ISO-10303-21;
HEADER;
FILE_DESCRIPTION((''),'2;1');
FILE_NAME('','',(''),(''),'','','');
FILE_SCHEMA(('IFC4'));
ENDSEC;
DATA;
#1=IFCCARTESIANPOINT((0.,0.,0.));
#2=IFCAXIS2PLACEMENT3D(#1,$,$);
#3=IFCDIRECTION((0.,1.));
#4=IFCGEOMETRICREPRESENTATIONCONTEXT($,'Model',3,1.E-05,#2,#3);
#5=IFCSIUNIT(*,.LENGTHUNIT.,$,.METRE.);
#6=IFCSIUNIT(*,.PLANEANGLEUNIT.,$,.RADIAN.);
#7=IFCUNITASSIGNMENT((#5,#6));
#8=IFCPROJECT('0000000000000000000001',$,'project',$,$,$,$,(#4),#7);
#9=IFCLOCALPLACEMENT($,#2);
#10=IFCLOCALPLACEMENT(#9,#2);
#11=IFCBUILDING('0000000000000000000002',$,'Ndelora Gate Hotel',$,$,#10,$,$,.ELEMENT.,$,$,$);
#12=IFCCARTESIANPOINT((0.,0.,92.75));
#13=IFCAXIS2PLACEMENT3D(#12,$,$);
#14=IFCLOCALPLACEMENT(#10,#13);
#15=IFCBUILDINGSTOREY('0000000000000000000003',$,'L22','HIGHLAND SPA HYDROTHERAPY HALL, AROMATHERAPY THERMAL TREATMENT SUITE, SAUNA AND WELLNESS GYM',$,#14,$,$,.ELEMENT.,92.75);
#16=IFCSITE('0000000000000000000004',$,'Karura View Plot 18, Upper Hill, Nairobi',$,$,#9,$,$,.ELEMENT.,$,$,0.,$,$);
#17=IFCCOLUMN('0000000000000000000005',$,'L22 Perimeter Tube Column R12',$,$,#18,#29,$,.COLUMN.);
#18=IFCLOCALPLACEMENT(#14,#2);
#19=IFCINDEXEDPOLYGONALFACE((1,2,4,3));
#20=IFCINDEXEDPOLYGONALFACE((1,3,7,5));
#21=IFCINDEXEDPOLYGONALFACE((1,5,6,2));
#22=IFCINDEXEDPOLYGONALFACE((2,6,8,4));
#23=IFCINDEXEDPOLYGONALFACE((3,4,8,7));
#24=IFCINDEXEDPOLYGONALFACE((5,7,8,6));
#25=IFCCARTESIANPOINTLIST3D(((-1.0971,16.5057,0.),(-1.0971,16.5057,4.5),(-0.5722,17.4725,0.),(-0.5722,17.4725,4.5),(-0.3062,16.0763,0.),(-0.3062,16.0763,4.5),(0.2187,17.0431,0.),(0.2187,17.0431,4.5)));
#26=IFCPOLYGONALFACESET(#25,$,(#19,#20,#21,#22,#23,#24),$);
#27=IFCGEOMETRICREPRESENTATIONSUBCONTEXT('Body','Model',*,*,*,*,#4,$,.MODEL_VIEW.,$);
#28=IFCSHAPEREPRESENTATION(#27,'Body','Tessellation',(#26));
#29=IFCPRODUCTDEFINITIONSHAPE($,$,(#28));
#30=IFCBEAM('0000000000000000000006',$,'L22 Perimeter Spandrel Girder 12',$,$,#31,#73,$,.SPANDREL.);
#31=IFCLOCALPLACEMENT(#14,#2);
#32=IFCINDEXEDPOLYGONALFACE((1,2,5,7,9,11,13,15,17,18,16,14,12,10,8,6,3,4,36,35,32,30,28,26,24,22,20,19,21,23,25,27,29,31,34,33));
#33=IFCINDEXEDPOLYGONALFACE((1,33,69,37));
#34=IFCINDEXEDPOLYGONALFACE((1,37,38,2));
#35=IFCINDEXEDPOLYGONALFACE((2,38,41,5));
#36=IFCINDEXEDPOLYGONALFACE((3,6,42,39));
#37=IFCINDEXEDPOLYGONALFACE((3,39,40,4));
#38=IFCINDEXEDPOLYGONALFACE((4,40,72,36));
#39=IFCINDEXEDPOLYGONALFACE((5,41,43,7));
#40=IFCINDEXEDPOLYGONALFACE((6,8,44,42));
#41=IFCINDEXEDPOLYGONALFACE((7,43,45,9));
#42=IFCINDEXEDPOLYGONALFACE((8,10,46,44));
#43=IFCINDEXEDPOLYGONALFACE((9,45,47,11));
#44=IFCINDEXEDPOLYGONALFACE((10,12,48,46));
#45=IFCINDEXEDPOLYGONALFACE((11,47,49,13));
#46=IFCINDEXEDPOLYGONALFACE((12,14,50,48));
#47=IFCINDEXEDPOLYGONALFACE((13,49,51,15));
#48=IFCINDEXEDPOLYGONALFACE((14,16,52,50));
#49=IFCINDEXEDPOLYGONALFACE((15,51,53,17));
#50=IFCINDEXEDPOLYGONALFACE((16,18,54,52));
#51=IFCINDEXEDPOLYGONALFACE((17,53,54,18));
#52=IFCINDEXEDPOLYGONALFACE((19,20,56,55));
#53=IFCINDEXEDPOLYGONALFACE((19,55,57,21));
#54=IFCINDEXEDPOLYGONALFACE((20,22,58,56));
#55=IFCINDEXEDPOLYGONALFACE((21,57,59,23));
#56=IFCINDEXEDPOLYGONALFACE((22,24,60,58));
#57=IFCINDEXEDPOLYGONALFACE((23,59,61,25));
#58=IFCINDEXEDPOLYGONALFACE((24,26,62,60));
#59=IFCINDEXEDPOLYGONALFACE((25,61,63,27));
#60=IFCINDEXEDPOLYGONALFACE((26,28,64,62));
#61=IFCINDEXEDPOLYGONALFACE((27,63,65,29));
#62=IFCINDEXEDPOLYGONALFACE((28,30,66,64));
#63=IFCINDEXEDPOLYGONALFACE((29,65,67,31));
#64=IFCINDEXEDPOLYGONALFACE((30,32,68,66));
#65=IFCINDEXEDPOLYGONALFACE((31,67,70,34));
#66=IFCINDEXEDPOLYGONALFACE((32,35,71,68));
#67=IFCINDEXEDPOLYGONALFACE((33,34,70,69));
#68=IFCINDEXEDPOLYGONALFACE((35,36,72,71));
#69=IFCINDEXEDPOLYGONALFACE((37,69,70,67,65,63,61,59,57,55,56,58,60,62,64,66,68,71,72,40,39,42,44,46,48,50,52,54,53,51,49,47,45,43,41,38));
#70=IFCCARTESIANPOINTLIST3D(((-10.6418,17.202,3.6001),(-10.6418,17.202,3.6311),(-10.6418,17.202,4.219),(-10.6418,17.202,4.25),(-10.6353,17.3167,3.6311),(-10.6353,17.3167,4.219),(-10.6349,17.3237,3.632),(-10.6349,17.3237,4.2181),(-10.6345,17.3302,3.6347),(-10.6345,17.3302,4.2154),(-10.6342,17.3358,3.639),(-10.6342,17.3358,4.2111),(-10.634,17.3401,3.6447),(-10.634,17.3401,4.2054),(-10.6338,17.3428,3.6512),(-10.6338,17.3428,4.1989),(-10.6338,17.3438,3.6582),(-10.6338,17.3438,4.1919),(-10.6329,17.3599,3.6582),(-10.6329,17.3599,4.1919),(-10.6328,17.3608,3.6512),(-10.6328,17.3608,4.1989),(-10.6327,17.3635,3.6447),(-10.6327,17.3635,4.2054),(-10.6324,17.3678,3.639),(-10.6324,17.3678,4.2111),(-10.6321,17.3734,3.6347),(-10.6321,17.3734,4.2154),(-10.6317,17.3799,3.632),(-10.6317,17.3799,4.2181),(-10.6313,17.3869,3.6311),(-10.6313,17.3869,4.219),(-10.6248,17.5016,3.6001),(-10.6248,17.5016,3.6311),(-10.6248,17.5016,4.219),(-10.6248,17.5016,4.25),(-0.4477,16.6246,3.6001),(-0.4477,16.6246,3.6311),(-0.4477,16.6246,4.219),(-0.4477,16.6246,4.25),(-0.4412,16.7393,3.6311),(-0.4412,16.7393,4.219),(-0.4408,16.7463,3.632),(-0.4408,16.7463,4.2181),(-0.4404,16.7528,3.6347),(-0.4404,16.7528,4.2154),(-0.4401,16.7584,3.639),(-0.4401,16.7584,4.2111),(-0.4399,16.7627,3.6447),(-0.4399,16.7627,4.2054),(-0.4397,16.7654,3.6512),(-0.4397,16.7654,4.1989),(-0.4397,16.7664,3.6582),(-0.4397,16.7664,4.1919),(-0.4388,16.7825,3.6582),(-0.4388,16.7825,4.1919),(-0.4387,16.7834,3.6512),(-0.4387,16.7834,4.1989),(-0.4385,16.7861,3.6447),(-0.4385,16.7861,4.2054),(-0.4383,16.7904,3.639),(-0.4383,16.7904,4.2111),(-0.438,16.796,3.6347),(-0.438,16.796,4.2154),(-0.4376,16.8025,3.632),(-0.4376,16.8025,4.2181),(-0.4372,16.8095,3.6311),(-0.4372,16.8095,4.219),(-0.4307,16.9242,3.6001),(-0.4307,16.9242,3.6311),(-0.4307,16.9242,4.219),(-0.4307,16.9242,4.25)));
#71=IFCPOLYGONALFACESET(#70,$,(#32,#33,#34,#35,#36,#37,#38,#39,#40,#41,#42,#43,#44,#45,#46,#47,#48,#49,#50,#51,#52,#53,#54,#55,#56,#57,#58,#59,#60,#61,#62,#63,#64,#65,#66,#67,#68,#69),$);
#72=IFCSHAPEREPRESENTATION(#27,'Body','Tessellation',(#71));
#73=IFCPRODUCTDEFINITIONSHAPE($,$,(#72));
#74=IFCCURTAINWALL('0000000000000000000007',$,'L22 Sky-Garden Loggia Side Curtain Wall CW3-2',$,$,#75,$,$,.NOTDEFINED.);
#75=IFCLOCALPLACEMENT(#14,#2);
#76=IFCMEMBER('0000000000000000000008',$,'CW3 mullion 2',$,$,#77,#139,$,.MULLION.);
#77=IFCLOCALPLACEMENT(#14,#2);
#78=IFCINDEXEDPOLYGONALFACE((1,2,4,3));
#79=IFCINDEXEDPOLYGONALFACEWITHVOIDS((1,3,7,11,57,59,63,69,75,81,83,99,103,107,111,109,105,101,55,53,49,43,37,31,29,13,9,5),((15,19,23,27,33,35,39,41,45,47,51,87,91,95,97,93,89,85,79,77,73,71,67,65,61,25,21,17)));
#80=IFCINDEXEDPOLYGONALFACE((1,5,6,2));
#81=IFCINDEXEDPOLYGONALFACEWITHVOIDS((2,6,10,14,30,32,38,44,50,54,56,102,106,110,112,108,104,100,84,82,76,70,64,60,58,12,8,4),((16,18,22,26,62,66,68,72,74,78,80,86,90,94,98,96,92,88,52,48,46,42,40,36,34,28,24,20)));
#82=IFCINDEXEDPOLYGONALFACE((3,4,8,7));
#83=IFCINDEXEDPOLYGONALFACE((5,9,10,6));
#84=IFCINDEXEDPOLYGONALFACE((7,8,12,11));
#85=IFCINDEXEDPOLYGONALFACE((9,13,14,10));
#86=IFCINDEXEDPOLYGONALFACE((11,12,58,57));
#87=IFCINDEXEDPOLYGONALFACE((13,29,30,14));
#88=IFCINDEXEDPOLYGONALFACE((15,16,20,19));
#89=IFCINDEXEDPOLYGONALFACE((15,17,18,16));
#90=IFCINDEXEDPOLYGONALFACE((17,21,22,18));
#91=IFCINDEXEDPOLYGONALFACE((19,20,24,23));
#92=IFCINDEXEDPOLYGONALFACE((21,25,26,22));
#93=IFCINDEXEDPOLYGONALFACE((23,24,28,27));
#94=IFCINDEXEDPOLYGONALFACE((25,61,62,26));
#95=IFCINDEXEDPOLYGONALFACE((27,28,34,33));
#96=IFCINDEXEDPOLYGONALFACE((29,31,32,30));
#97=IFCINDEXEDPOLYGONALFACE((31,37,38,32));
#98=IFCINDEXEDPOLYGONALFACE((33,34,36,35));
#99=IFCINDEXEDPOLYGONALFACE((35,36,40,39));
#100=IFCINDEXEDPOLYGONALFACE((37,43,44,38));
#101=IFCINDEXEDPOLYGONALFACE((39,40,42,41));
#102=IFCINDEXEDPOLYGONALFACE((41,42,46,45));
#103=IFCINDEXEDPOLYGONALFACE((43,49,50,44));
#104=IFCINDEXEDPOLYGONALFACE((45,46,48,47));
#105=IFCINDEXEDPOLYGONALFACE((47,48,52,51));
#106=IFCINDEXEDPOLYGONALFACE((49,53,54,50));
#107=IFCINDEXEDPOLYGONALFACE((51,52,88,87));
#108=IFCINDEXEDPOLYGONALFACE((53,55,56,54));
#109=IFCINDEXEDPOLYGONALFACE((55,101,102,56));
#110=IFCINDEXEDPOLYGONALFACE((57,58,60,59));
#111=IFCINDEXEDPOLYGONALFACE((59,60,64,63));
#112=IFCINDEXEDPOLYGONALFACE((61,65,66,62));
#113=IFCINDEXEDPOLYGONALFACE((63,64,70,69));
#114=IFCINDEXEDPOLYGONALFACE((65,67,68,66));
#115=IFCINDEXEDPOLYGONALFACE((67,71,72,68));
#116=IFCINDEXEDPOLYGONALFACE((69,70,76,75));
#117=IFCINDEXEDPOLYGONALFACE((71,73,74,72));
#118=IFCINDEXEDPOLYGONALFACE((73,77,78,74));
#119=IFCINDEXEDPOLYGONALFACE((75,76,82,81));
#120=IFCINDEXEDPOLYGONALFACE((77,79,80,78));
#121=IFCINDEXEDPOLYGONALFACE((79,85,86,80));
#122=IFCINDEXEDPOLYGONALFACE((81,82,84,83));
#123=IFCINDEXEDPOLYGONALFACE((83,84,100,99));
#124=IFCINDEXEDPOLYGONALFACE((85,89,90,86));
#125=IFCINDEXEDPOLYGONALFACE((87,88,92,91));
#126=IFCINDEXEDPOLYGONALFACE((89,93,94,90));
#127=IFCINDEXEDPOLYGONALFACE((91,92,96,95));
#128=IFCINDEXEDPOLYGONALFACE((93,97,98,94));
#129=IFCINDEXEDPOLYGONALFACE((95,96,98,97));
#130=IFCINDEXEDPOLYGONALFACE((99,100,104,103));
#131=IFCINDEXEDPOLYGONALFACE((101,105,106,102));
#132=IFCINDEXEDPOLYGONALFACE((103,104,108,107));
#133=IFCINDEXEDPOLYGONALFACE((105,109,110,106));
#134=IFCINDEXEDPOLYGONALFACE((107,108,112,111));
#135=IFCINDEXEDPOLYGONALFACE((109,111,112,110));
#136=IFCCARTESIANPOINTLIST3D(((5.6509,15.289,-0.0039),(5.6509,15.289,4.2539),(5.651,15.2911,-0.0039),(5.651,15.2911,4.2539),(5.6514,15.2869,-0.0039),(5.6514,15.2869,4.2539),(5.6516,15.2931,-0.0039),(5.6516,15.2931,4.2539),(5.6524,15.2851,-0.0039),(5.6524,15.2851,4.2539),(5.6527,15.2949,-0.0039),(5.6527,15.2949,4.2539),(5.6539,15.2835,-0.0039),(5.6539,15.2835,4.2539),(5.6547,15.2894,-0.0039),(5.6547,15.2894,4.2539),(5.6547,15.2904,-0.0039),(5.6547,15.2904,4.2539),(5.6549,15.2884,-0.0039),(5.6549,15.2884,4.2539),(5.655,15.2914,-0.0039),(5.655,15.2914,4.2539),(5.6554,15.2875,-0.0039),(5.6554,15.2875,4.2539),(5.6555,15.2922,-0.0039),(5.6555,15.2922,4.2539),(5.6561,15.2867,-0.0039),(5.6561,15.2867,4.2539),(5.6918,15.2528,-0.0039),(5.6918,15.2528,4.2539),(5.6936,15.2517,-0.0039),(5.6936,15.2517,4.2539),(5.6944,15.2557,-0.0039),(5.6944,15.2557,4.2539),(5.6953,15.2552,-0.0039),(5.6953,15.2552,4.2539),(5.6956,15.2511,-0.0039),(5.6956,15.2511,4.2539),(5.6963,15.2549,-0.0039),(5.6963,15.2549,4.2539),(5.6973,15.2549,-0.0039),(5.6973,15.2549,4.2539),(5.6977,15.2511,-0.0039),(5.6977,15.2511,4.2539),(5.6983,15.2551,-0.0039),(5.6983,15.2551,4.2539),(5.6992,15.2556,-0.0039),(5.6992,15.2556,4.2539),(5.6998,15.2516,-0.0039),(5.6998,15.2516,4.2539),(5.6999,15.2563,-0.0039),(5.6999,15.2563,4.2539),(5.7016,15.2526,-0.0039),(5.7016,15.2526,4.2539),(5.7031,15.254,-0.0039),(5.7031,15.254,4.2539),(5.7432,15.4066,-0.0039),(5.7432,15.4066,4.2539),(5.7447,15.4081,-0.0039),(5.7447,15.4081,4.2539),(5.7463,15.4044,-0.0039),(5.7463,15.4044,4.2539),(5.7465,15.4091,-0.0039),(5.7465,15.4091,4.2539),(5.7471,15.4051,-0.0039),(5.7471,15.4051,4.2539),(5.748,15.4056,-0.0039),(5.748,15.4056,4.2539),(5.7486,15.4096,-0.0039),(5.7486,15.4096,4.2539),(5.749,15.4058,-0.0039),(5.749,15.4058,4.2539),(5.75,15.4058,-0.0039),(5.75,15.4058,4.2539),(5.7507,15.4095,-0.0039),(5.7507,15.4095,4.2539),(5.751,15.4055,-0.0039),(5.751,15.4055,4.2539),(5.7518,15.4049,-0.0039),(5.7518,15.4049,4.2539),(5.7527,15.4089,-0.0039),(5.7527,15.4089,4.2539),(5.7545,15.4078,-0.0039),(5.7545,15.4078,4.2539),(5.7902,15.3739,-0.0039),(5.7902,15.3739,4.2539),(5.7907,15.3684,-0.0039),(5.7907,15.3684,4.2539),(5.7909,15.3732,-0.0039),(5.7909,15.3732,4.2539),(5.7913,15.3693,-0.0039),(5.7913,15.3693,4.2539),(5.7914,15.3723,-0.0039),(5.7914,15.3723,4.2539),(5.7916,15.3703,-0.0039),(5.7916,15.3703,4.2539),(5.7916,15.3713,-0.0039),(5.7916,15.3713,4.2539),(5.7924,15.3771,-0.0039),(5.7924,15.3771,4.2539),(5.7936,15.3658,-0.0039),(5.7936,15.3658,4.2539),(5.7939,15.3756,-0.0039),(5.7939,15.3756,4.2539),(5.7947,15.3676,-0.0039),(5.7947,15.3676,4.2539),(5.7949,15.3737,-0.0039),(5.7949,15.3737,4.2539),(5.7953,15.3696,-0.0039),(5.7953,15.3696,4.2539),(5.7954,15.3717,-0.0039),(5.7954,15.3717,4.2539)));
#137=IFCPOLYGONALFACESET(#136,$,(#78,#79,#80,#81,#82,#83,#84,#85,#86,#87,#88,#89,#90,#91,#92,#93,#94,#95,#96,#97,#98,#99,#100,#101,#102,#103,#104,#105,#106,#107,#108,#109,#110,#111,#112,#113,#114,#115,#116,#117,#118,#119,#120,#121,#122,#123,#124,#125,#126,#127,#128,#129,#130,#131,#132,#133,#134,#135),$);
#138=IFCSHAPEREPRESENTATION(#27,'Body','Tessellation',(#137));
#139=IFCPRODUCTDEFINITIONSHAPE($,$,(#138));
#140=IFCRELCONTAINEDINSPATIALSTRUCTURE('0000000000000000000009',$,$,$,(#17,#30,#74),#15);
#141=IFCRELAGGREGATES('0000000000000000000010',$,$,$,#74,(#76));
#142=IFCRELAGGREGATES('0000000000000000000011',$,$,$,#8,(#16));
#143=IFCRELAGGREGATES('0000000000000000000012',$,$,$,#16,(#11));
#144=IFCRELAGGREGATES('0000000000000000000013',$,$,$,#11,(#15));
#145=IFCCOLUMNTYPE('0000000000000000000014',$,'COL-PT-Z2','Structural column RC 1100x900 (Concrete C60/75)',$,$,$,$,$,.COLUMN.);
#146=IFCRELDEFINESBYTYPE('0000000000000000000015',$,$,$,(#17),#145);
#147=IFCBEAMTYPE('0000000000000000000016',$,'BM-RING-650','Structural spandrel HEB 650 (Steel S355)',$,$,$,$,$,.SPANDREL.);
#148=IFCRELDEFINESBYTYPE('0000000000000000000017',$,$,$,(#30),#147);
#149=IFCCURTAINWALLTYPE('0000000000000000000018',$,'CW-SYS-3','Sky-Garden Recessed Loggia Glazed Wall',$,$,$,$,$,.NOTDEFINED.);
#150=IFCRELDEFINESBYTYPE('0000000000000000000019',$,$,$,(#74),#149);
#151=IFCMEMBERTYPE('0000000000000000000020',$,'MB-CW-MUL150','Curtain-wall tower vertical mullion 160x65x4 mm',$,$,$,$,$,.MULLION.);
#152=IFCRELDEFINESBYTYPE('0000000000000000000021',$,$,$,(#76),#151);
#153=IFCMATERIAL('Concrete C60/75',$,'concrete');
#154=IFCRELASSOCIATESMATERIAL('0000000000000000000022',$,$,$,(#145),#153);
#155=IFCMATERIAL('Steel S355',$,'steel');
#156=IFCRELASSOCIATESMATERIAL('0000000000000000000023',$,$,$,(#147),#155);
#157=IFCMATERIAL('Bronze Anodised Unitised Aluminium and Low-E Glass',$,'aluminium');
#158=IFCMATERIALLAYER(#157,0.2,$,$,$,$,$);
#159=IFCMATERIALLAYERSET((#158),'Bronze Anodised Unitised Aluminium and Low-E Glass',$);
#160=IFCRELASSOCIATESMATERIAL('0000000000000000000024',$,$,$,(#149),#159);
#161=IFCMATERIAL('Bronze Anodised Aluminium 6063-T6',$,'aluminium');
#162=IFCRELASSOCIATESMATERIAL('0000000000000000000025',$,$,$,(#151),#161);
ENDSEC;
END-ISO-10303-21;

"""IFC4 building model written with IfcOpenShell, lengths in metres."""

from ifc_helpers import new_model, si_unit, direction, frame, origin, origin_2d, place, context, subcontext, project, spatial, rectangle, hollow_rectangle, i_section, extrude, material, layer, layer_set, material_profile, profile_set, type_object, element, aggregate, save


model = new_model("IFC4")

# Units and contexts
model_context = context("Model", 3, precision=1e-05, world=origin(), true_north=direction((0.0, 1.0)))
body_context = subcontext(model_context, "Body", "Model", "MODEL_VIEW")
ifc_project = project(units=[si_unit("LENGTHUNIT", "METRE"), si_unit("PLANEANGLEUNIT", "RADIAN")], contexts=[model_context])

# Site, building, storey
site_placement = place(None, origin())
site = spatial("IfcSite", under=ifc_project, at=site_placement, Name="Karura View Plot 18, Upper Hill, Nairobi", CompositionType="ELEMENT", RefElevation=0.0)
building_placement = place(site_placement, origin())
building = spatial("IfcBuilding", under=site, at=building_placement, Name="Ndelora Gate Hotel", CompositionType="ELEMENT")
storey_placement = place(building_placement, frame((0.0, 0.0, 92.75)))
storey = spatial("IfcBuildingStorey", under=building, at=storey_placement, Name="L22", Description="HIGHLAND SPA HYDROTHERAPY HALL, AROMATHERAPY THERMAL TREATMENT SUITE, SAUNA AND WELLNESS GYM", CompositionType="ELEMENT", Elevation=92.75)

# Column
ifc_material_1 = material(Name="Concrete C60/75", Category="concrete")
ifc_material_profile_1 = material_profile(ifc_material_1, rectangle(XDim=0.8999, YDim=1.1001, at=origin_2d()), Name="RC 1100x900")
ifc_profile_set_1 = profile_set([ifc_material_profile_1], Name="Concrete C60/75")
column_type = type_object("IfcColumnType", Name="COL-PT-Z2", Description="Structural column RC 1100x900 (Concrete C60/75)", PredefinedType="COLUMN", material=ifc_profile_set_1)
column_placement = place(storey_placement, frame((-0.4392, 16.7744, 0.0), z_axis=(0.0, 0.0, 1.0), x_axis=(-0.878817, 0.477159, 0.0)))
element("IfcColumn", 1, at=column_placement, inside=storey, type_object=column_type, Name="L22 Perimeter Tube Column R12", PredefinedType="COLUMN", context=body_context, shape_type="SweptSolid", body=[
    extrude(rectangle(XDim=0.8999, YDim=1.1001, at=origin_2d()), origin(), (0.0, 0.0, 1.0), 4.5),
])

# Beam
ifc_material_2 = material(Name="Steel S355", Category="steel")
ifc_material_profile_2 = material_profile(ifc_material_2, i_section(OverallWidth=0.3, OverallDepth=0.6499, WebThickness=0.0161, FlangeThickness=0.031, FilletRadius=0.0271, at=origin_2d()), Name="HEB 650")
ifc_profile_set_2 = profile_set([ifc_material_profile_2], Name="Steel S355")
beam_type = type_object("IfcBeamType", Name="BM-RING-650", Description="Structural spandrel HEB 650 (Steel S355)", PredefinedType="SPANDREL", material=ifc_profile_set_2)
beam_placement = place(storey_placement, frame((-0.4392, 16.7744, 3.925), z_axis=(-0.9984, 0.056549, 0.0), x_axis=(-0.056549, -0.9984, 0.0)))
element("IfcBeam", 2, at=beam_placement, inside=storey, type_object=beam_type, Name="L22 Perimeter Spandrel Girder 12", PredefinedType="SPANDREL", context=body_context, shape_type="SweptSolid", body=[
    extrude(i_section(OverallWidth=0.3, OverallDepth=0.6499, WebThickness=0.0161, FlangeThickness=0.031, FilletRadius=0.0271, at=origin_2d()), origin(), (0.0, 0.0, 1.0), 10.2104),
])

# Curtain wall, member
ifc_material_3 = material(Name="Bronze Anodised Unitised Aluminium and Low-E Glass", Category="aluminium")
ifc_layer_1 = layer(ifc_material_3, 0.2)
ifc_layer_set_1 = layer_set([ifc_layer_1], Name="Bronze Anodised Unitised Aluminium and Low-E Glass")
curtain_wall_type = type_object("IfcCurtainWallType", Name="CW-SYS-3", Description="Sky-Garden Recessed Loggia Glazed Wall", PredefinedType="NOTDEFINED", material=ifc_layer_set_1)
curtain_wall_placement = place(storey_placement, origin())
curtain_wall = element("IfcCurtainWall", 3, at=curtain_wall_placement, inside=storey, type_object=curtain_wall_type, Name="L22 Sky-Garden Loggia Side Curtain Wall CW3-2", PredefinedType="NOTDEFINED")
ifc_material_4 = material(Name="Bronze Anodised Aluminium 6063-T6", Category="aluminium")
ifc_material_profile_3 = material_profile(ifc_material_4, hollow_rectangle(XDim=0.0649, YDim=0.1599, WallThickness=0.0039, InnerFilletRadius=0.0039, OuterFilletRadius=0.0081, at=origin_2d()), Name="ALU 160x65x4")
ifc_profile_set_3 = profile_set([ifc_material_profile_3], Name="Bronze Anodised Aluminium 6063-T6")
member_type_1 = type_object("IfcMemberType", Name="MB-CW-MUL150", Description="Curtain-wall tower vertical mullion 160x65x4 mm", PredefinedType="MULLION", material=ifc_profile_set_3)
member_1_placement = place(storey_placement, frame((5.7231, 15.3303, -0.0039), z_axis=(0.0, 0.0, 1.0), x_axis=(0.777143, -0.629324, 0.0)))
member_1 = element("IfcMember", 4, at=member_1_placement, type_object=member_type_1, Name="CW3 mullion 2", PredefinedType="MULLION", context=body_context, shape_type="SweptSolid", body=[
    extrude(hollow_rectangle(XDim=0.0649, YDim=0.1599, WallThickness=0.0039, InnerFilletRadius=0.0039, OuterFilletRadius=0.0081, at=origin_2d()), origin(), (0.0, 0.0, 1.0), 4.2578),
])
aggregate(curtain_wall, [member_1])

save(model, "model.ifc")
